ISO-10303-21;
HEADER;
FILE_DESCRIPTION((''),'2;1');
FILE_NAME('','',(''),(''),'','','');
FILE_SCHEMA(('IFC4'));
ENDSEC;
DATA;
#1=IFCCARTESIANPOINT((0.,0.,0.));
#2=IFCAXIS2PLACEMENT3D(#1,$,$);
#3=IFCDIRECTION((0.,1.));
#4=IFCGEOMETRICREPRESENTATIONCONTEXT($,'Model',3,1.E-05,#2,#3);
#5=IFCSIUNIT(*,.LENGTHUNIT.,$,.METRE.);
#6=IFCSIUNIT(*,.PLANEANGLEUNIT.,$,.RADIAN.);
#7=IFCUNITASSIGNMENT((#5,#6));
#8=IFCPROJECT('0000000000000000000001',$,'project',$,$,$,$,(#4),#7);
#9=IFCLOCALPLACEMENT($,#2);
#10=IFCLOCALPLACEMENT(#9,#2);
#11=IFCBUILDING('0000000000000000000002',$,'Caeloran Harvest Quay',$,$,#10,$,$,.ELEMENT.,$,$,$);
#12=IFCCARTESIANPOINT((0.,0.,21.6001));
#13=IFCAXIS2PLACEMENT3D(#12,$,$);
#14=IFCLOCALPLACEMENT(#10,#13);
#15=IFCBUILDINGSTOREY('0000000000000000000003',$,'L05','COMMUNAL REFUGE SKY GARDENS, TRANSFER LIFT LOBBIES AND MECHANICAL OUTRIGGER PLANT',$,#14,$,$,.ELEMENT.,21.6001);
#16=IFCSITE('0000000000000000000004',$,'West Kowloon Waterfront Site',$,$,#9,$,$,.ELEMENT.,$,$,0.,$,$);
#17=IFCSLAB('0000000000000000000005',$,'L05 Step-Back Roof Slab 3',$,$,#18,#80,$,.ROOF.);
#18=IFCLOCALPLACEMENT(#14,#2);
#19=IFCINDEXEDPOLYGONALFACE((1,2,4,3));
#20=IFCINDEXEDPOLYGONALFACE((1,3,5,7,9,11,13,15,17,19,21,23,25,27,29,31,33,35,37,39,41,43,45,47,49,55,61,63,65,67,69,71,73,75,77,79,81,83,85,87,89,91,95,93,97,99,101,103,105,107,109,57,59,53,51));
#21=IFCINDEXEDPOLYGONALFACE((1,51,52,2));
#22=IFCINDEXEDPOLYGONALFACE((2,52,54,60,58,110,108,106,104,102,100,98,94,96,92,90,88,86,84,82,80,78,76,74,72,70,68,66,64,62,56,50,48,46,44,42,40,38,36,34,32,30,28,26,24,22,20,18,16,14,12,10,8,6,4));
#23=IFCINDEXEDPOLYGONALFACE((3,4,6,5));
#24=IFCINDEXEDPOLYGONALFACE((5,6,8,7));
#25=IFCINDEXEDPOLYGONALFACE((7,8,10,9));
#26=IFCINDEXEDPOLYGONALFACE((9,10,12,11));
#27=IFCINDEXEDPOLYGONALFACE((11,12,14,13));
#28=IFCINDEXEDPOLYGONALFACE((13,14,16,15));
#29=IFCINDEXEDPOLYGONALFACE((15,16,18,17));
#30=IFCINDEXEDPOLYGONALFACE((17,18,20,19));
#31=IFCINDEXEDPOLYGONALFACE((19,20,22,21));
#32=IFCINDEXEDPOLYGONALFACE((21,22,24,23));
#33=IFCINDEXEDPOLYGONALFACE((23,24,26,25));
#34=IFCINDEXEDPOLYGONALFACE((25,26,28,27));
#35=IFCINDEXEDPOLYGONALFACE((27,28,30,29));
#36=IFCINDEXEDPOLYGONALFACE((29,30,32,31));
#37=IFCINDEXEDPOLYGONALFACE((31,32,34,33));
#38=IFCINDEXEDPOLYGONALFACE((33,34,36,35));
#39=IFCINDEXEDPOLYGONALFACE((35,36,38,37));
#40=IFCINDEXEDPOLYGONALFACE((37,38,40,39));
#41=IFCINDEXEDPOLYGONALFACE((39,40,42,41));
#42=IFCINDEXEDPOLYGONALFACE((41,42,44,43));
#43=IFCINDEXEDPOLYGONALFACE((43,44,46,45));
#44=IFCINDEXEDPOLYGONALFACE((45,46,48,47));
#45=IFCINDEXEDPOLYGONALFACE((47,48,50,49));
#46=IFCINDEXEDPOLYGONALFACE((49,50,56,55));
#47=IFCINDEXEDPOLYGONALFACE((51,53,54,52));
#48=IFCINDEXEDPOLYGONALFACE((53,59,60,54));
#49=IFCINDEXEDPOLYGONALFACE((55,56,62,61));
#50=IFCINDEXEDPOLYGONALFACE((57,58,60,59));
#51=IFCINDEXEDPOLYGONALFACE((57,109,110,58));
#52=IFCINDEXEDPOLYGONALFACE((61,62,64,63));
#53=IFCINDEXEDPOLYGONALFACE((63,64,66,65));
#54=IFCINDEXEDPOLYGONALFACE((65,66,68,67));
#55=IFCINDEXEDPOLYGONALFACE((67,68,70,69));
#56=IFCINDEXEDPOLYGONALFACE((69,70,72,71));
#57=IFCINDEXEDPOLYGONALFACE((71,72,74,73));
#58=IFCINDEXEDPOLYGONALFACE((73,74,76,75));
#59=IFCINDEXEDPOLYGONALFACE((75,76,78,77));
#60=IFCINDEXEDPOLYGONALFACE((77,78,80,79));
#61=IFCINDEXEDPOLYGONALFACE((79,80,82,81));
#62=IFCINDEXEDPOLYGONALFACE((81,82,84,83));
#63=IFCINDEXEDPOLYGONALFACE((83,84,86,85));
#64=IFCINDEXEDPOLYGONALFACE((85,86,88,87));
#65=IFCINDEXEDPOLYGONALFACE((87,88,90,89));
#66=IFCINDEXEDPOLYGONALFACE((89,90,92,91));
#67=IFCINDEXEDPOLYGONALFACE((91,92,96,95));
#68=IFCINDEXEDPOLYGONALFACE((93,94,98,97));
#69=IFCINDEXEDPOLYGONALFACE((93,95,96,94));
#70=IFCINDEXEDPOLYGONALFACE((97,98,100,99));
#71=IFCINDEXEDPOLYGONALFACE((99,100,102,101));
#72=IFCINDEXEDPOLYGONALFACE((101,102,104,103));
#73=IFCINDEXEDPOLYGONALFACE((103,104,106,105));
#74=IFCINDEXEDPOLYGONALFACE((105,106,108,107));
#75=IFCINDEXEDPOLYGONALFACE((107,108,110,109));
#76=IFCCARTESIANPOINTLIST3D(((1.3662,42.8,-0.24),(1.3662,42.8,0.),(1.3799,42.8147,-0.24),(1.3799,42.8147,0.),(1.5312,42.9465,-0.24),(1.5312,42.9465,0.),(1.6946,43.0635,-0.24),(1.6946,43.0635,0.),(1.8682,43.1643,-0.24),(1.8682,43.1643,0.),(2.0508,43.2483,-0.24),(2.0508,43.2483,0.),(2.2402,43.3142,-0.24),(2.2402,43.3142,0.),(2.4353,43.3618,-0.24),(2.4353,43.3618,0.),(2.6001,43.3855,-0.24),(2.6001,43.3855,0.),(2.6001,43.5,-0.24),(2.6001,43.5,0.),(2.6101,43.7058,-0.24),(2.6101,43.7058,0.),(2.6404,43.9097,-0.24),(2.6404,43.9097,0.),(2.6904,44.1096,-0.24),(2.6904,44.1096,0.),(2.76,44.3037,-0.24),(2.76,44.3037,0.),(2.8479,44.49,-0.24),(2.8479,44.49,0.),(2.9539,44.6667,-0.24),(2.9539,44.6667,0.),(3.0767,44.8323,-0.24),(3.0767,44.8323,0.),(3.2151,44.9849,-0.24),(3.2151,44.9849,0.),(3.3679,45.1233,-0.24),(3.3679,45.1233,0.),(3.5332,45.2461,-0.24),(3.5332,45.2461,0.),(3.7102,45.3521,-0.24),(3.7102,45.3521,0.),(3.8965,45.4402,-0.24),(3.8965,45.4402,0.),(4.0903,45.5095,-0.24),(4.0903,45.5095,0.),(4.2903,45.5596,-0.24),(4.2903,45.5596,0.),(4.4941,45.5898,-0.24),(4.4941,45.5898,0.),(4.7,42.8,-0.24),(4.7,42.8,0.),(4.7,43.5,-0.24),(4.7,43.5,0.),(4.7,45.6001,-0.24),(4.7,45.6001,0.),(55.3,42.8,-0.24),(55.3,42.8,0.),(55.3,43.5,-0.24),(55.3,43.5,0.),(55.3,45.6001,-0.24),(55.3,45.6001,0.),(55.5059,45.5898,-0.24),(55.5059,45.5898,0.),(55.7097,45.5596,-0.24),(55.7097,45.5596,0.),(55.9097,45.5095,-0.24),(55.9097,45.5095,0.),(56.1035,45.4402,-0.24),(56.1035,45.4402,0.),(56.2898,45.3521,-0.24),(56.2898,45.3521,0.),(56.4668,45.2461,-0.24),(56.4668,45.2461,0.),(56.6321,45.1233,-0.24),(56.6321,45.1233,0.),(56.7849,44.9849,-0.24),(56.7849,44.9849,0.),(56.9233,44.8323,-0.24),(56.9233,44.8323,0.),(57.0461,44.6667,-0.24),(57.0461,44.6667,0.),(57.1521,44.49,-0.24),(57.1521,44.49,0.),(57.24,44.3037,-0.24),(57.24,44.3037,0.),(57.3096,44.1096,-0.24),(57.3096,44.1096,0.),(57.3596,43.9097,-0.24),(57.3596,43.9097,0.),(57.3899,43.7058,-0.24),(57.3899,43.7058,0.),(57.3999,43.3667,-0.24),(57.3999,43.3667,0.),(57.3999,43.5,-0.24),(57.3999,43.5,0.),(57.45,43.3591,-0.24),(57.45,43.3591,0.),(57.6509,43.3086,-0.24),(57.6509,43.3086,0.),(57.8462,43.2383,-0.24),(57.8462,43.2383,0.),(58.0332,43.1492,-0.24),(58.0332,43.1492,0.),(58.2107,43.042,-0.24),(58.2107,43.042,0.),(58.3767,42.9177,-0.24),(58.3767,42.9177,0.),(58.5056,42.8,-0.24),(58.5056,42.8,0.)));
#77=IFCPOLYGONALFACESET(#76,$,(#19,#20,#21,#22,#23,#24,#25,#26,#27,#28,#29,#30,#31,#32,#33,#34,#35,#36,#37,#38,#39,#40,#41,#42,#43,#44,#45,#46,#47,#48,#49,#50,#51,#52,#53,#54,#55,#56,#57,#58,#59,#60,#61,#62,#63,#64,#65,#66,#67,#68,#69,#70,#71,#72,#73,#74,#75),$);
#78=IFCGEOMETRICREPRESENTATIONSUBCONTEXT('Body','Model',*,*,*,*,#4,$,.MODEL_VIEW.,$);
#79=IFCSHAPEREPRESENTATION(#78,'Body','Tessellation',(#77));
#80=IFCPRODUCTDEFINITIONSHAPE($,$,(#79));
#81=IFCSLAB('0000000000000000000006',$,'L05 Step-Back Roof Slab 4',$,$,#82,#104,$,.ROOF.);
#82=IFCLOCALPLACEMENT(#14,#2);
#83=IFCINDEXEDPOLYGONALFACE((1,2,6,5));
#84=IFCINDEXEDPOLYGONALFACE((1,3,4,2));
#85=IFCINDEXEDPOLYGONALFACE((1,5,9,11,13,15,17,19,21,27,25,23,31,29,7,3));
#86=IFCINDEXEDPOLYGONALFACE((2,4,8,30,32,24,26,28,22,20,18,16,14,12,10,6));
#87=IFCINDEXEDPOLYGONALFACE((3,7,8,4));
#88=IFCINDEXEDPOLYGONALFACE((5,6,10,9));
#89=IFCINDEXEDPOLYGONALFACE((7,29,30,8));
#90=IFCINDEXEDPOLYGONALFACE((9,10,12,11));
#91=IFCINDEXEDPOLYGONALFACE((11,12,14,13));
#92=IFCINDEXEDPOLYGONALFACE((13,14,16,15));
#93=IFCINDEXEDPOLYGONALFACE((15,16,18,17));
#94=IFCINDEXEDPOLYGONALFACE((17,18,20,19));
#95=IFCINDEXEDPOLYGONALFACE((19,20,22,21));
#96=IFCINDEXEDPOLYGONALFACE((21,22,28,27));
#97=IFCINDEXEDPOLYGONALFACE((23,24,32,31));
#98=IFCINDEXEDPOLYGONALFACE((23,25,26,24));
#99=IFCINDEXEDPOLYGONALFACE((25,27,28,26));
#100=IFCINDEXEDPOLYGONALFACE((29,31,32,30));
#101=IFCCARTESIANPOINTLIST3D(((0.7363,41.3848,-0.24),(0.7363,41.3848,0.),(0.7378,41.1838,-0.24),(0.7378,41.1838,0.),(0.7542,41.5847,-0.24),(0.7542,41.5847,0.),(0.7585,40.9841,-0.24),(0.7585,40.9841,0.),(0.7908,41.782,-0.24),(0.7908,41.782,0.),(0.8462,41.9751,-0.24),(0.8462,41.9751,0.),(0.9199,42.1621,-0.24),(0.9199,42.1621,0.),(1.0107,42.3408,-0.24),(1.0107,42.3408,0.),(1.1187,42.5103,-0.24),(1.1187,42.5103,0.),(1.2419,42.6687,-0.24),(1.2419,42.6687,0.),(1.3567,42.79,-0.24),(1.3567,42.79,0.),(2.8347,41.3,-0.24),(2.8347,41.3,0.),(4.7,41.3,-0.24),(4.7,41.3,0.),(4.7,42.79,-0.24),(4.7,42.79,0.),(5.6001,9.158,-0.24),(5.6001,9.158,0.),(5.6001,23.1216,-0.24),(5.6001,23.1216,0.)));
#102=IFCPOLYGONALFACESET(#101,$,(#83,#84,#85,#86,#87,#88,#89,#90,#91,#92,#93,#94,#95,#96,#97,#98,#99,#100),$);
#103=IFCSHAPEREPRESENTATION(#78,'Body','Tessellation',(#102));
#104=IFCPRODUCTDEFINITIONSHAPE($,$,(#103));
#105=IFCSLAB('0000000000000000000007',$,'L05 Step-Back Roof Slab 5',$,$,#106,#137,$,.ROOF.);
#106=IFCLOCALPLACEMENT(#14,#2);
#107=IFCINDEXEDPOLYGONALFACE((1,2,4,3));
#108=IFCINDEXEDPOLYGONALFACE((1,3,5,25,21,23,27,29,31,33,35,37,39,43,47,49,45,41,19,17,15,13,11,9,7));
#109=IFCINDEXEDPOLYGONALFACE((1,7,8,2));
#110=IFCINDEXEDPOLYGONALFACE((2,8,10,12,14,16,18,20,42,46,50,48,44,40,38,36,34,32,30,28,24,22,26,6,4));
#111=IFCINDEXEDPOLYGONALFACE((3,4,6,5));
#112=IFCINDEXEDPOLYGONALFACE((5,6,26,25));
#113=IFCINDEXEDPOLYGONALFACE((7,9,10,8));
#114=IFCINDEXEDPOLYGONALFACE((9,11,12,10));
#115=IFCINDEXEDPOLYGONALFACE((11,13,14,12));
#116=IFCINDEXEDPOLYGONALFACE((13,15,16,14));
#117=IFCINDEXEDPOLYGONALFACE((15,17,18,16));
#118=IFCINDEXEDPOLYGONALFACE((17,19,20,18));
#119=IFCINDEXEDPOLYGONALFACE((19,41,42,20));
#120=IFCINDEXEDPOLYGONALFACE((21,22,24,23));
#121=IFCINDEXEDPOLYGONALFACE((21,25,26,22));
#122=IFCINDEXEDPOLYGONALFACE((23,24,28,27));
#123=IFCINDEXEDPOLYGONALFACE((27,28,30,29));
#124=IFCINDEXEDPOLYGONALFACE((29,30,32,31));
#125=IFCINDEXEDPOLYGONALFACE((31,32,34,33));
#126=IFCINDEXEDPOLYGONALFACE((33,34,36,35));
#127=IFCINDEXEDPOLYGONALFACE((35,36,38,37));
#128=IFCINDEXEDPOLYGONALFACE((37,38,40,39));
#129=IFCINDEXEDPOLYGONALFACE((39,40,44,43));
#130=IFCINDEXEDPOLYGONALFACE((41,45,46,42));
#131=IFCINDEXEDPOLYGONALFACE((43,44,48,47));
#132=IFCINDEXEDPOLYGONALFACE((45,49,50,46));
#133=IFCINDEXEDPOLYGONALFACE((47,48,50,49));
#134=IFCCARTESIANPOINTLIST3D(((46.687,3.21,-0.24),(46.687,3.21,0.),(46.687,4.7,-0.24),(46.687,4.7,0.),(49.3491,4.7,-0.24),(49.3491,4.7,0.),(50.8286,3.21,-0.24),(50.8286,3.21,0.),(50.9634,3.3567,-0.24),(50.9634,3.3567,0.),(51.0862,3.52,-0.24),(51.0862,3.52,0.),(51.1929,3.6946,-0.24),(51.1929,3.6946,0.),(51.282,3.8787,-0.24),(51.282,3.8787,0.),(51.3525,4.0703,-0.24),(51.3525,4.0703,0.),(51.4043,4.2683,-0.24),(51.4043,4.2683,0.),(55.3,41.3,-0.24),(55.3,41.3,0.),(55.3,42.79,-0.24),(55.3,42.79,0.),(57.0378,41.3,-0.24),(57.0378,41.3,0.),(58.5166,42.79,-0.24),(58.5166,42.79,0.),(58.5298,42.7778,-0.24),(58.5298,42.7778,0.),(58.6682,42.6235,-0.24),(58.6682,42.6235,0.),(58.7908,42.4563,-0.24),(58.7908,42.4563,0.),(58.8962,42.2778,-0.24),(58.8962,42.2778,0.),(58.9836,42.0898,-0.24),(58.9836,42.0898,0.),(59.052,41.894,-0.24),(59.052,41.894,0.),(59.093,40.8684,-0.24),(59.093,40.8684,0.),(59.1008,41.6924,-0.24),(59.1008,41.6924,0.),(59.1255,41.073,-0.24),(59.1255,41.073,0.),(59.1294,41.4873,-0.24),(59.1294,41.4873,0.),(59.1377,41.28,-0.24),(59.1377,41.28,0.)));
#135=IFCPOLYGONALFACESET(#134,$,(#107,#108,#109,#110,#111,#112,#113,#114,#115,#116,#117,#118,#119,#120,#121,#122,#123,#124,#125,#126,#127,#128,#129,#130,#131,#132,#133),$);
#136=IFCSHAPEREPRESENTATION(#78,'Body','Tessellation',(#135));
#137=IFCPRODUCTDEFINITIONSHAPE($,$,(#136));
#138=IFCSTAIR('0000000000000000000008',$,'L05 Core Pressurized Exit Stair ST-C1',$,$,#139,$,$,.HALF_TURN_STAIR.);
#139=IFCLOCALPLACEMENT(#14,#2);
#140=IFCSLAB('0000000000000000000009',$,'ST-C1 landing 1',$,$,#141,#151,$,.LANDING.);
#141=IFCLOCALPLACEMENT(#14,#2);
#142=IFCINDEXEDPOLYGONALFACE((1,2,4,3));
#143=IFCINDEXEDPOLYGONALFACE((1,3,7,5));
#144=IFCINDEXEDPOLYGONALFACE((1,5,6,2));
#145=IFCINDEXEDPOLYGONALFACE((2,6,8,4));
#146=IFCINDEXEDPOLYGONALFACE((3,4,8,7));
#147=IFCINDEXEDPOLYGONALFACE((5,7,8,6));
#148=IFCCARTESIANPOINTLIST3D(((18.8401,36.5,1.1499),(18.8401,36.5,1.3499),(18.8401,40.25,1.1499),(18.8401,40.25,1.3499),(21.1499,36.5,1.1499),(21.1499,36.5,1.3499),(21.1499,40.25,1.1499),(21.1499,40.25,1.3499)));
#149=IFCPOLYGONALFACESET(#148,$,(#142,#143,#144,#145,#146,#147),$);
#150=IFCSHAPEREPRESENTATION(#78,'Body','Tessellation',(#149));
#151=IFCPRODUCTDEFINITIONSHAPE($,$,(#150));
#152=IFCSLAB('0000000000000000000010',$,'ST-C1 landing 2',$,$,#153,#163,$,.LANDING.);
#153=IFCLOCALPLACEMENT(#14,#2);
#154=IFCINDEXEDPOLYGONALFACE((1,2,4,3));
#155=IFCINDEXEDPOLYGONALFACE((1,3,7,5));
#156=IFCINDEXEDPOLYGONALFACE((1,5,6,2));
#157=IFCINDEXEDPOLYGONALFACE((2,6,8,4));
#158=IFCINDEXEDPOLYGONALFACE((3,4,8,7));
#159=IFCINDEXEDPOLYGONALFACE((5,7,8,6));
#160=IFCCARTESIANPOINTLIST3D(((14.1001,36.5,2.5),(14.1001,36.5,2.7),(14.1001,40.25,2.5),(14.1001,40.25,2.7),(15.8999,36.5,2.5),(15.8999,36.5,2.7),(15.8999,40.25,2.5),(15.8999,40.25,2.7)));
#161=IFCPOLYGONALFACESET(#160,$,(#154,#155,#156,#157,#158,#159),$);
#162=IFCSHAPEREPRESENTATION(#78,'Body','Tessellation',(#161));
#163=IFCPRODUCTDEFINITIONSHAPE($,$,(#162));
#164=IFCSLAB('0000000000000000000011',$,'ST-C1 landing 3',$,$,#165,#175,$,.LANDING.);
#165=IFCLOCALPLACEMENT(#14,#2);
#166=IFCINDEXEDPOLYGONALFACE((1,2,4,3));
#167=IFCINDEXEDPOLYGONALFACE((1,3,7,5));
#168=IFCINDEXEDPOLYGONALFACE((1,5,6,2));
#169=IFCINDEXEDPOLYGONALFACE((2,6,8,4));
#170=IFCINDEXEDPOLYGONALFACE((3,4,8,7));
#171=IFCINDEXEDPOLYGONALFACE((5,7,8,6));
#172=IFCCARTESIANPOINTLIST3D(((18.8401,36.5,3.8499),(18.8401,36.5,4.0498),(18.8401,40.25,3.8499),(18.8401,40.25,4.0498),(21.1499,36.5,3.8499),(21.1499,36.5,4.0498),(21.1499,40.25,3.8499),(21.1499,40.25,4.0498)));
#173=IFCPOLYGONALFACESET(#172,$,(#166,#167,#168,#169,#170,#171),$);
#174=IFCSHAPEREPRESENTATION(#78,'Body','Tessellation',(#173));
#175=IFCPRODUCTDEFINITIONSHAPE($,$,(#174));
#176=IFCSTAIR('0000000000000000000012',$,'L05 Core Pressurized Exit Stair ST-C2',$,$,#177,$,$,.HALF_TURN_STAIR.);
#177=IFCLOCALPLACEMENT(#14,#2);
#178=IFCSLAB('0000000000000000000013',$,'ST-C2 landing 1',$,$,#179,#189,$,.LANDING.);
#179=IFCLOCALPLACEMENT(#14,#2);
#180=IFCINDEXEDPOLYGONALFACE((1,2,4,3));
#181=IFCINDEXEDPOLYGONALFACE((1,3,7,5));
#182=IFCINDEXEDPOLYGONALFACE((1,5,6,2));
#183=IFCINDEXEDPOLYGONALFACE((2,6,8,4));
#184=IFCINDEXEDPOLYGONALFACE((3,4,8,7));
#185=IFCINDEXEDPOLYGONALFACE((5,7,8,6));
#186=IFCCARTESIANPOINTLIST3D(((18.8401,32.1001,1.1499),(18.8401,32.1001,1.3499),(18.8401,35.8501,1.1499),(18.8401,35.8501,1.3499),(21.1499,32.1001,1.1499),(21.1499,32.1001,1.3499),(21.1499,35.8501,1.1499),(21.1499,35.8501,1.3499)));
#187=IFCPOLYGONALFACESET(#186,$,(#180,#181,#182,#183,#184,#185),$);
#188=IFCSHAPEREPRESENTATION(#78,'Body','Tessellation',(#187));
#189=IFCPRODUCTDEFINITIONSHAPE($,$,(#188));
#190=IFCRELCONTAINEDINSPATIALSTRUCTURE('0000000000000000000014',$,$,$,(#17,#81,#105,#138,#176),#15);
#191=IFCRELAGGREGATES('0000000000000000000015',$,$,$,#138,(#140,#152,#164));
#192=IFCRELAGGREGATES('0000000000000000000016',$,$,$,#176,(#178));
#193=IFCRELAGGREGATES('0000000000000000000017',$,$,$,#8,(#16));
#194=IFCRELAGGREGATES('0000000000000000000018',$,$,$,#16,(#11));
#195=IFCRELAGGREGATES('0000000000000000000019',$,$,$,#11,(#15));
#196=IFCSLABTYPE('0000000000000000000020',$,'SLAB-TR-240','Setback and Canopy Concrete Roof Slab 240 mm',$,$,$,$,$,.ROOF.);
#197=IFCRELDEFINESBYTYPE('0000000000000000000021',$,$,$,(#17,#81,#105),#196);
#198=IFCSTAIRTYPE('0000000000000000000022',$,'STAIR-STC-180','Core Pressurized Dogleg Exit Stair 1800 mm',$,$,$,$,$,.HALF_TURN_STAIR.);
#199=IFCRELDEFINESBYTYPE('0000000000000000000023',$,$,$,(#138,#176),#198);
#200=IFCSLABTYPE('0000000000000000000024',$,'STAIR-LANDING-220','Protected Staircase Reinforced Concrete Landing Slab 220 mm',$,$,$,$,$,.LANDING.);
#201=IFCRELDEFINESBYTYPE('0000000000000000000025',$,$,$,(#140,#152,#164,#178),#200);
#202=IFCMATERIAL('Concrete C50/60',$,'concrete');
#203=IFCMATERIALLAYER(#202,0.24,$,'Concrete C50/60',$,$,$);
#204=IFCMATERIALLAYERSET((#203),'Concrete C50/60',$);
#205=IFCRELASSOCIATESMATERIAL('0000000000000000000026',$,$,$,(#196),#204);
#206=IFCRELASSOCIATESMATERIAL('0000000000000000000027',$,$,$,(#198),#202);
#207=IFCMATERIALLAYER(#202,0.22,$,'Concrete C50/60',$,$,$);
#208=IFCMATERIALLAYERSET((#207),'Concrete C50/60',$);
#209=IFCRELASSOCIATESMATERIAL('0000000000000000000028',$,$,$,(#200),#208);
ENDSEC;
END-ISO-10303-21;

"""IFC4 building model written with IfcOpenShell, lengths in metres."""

from ifc_helpers import new_model, si_unit, direction, frame, origin, place, context, subcontext, project, spatial, polyline, outline, extrude, material, layer, layer_set, type_object, element, aggregate, save


model = new_model("IFC4")

# Units and contexts
model_context = context("Model", 3, precision=1e-05, world=origin(), true_north=direction((0.0, 1.0)))
body_context = subcontext(model_context, "Body", "Model", "MODEL_VIEW")
ifc_project = project(units=[si_unit("LENGTHUNIT", "METRE"), si_unit("PLANEANGLEUNIT", "RADIAN")], contexts=[model_context])

# Site, building, storey
site_placement = place(None, origin())
site = spatial("IfcSite", under=ifc_project, at=site_placement, Name="West Kowloon Waterfront Site", CompositionType="ELEMENT", RefElevation=0.0)
building_placement = place(site_placement, origin())
building = spatial("IfcBuilding", under=site, at=building_placement, Name="Caeloran Harvest Quay", CompositionType="ELEMENT")
storey_placement = place(building_placement, frame((0.0, 0.0, 21.6001)))
storey = spatial("IfcBuildingStorey", under=building, at=storey_placement, Name="L05", Description="COMMUNAL REFUGE SKY GARDENS, TRANSFER LIFT LOBBIES AND MECHANICAL OUTRIGGER PLANT", CompositionType="ELEMENT", Elevation=21.6001)

# Slabs
ifc_material_1 = material(Name="Concrete C50/60", Category="concrete")
ifc_layer_1 = layer(ifc_material_1, 0.24, Name="Concrete C50/60")
ifc_layer_set_1 = layer_set([ifc_layer_1], Name="Concrete C50/60")
slab_type_1 = type_object("IfcSlabType", Name="SLAB-TR-240", Description="Setback and Canopy Concrete Roof Slab 240 mm", PredefinedType="ROOF", material=ifc_layer_set_1)
slab_1_placement = place(storey_placement, frame((0.0, 0.0, -0.24)))
element("IfcSlab", 1, at=slab_1_placement, inside=storey, type_object=slab_type_1, Name="L05 Step-Back Roof Slab 3", PredefinedType="ROOF", context=body_context, shape_type="SweptSolid", body=[
    extrude(outline(polyline([(1.3799, 42.8147), (1.5312, 42.9465), (1.6946, 43.0635), (1.8682, 43.1643), (2.0508, 43.2483), (2.2402, 43.3142), (2.4353, 43.3618), (2.6001, 43.3855), (2.6001, 43.5), (2.6101, 43.7058), (2.6404, 43.9097), (2.6904, 44.1096), (2.76, 44.3037), (2.8479, 44.49), (2.9539, 44.6667), (3.0767, 44.8323), (3.2151, 44.9849), (3.3679, 45.1233), (3.5332, 45.2461), (3.7102, 45.3521), (3.8965, 45.4402), (4.0903, 45.5095), (4.2903, 45.5596), (4.4941, 45.5898), (4.7, 45.6001), (55.3, 45.6001), (55.5059, 45.5898), (55.7097, 45.5596), (55.9097, 45.5095), (56.1035, 45.4402), (56.2898, 45.3521), (56.4668, 45.2461), (56.6321, 45.1233), (56.7849, 44.9849), (56.9233, 44.8323), (57.0461, 44.6667), (57.1521, 44.49), (57.24, 44.3037), (57.3096, 44.1096), (57.3596, 43.9097), (57.3899, 43.7058), (57.3999, 43.5), (57.3999, 43.3667), (57.45, 43.3591), (57.6509, 43.3086), (57.8462, 43.2383), (58.0332, 43.1492), (58.2107, 43.042), (58.3767, 42.9177), (58.5056, 42.8), (55.3, 42.8), (55.3, 43.5), (4.7, 43.5), (4.7, 42.8), (1.3662, 42.8), (1.3799, 42.8147)])), origin(), (0.0, 0.0, 1.0), 0.24),
])
slab_2_placement = place(storey_placement, frame((0.0, 0.0, -0.24)))
element("IfcSlab", 2, at=slab_2_placement, inside=storey, type_object=slab_type_1, Name="L05 Step-Back Roof Slab 4", PredefinedType="ROOF", context=body_context, shape_type="SweptSolid", body=[
    extrude(outline(polyline([(0.7585, 40.9841), (0.7378, 41.1838), (0.7363, 41.3848), (0.7542, 41.5847), (0.7908, 41.782), (0.8462, 41.9751), (0.9199, 42.1621), (1.0107, 42.3408), (1.1187, 42.5103), (1.2419, 42.6687), (1.3567, 42.79), (4.7, 42.79), (4.7, 41.3), (2.8347, 41.3), (5.6001, 23.1216), (5.6001, 9.158), (0.7585, 40.9841)])), origin(), (0.0, 0.0, 1.0), 0.24),
])
slab_3_placement = place(storey_placement, frame((0.0, 0.0, -0.24)))
element("IfcSlab", 3, at=slab_3_placement, inside=storey, type_object=slab_type_1, Name="L05 Step-Back Roof Slab 5", PredefinedType="ROOF", context=body_context, shape_type="SweptSolid", body=[
    extrude(outline(polyline([(58.5298, 42.7778), (58.6682, 42.6235), (58.7908, 42.4563), (58.8962, 42.2778), (58.9836, 42.0898), (59.052, 41.894), (59.1008, 41.6924), (59.1294, 41.4873), (59.1377, 41.28), (59.1255, 41.073), (59.093, 40.8684), (51.4043, 4.2683), (51.3525, 4.0703), (51.282, 3.8787), (51.1929, 3.6946), (51.0862, 3.52), (50.9634, 3.3567), (50.8286, 3.21), (46.687, 3.21), (46.687, 4.7), (49.3491, 4.7), (57.0378, 41.3), (55.3, 41.3), (55.3, 42.79), (58.5166, 42.79), (58.5298, 42.7778)])), origin(), (0.0, 0.0, 1.0), 0.24),
])

# Stairs, slabs
stair_type_1 = type_object("IfcStairType", Name="STAIR-STC-180", Description="Core Pressurized Dogleg Exit Stair 1800 mm", PredefinedType="HALF_TURN_STAIR", material=ifc_material_1)
stair_1_placement = place(storey_placement, origin())
stair_1 = element("IfcStair", 4, at=stair_1_placement, inside=storey, type_object=stair_type_1, Name="L05 Core Pressurized Exit Stair ST-C1", PredefinedType="HALF_TURN_STAIR")
ifc_layer_2 = layer(ifc_material_1, 0.22, Name="Concrete C50/60")
ifc_layer_set_2 = layer_set([ifc_layer_2], Name="Concrete C50/60")
slab_type_2 = type_object("IfcSlabType", Name="STAIR-LANDING-220", Description="Protected Staircase Reinforced Concrete Landing Slab 220 mm", PredefinedType="LANDING", material=ifc_layer_set_2)
slab_4_placement = place(storey_placement, frame((0.0, 0.0, 1.1499)))
slab_4 = element("IfcSlab", 5, at=slab_4_placement, type_object=slab_type_2, Name="ST-C1 landing 1", PredefinedType="LANDING", context=body_context, shape_type="SweptSolid", body=[
    extrude(outline(polyline([(18.8401, 36.5), (21.1499, 36.5), (21.1499, 40.25), (18.8401, 40.25), (18.8401, 36.5)])), origin(), (0.0, 0.0, 1.0), 0.2),
])
slab_5_placement = place(storey_placement, frame((0.0, 0.0, 2.5)))
slab_5 = element("IfcSlab", 6, at=slab_5_placement, type_object=slab_type_2, Name="ST-C1 landing 2", PredefinedType="LANDING", context=body_context, shape_type="SweptSolid", body=[
    extrude(outline(polyline([(14.1001, 36.5), (15.8999, 36.5), (15.8999, 40.25), (14.1001, 40.25), (14.1001, 36.5)])), origin(), (0.0, 0.0, 1.0), 0.2),
])
slab_6_placement = place(storey_placement, frame((0.0, 0.0, 3.8499)))
slab_6 = element("IfcSlab", 7, at=slab_6_placement, type_object=slab_type_2, Name="ST-C1 landing 3", PredefinedType="LANDING", context=body_context, shape_type="SweptSolid", body=[
    extrude(outline(polyline([(18.8401, 36.5), (21.1499, 36.5), (21.1499, 40.25), (18.8401, 40.25), (18.8401, 36.5)])), origin(), (0.0, 0.0, 1.0), 0.2),
])
aggregate(stair_1, [slab_4, slab_5, slab_6])
stair_2_placement = place(storey_placement, origin())
stair_2 = element("IfcStair", 8, at=stair_2_placement, inside=storey, type_object=stair_type_1, Name="L05 Core Pressurized Exit Stair ST-C2", PredefinedType="HALF_TURN_STAIR")
slab_7_placement = place(storey_placement, frame((0.0, 0.0, 1.1499)))
slab_7 = element("IfcSlab", 9, at=slab_7_placement, type_object=slab_type_2, Name="ST-C2 landing 1", PredefinedType="LANDING", context=body_context, shape_type="SweptSolid", body=[
    extrude(outline(polyline([(18.8401, 32.1001), (21.1499, 32.1001), (21.1499, 35.8501), (18.8401, 35.8501), (18.8401, 32.1001)])), origin(), (0.0, 0.0, 1.0), 0.2),
])
aggregate(stair_2, [slab_7])

save(model, "model.ifc")
